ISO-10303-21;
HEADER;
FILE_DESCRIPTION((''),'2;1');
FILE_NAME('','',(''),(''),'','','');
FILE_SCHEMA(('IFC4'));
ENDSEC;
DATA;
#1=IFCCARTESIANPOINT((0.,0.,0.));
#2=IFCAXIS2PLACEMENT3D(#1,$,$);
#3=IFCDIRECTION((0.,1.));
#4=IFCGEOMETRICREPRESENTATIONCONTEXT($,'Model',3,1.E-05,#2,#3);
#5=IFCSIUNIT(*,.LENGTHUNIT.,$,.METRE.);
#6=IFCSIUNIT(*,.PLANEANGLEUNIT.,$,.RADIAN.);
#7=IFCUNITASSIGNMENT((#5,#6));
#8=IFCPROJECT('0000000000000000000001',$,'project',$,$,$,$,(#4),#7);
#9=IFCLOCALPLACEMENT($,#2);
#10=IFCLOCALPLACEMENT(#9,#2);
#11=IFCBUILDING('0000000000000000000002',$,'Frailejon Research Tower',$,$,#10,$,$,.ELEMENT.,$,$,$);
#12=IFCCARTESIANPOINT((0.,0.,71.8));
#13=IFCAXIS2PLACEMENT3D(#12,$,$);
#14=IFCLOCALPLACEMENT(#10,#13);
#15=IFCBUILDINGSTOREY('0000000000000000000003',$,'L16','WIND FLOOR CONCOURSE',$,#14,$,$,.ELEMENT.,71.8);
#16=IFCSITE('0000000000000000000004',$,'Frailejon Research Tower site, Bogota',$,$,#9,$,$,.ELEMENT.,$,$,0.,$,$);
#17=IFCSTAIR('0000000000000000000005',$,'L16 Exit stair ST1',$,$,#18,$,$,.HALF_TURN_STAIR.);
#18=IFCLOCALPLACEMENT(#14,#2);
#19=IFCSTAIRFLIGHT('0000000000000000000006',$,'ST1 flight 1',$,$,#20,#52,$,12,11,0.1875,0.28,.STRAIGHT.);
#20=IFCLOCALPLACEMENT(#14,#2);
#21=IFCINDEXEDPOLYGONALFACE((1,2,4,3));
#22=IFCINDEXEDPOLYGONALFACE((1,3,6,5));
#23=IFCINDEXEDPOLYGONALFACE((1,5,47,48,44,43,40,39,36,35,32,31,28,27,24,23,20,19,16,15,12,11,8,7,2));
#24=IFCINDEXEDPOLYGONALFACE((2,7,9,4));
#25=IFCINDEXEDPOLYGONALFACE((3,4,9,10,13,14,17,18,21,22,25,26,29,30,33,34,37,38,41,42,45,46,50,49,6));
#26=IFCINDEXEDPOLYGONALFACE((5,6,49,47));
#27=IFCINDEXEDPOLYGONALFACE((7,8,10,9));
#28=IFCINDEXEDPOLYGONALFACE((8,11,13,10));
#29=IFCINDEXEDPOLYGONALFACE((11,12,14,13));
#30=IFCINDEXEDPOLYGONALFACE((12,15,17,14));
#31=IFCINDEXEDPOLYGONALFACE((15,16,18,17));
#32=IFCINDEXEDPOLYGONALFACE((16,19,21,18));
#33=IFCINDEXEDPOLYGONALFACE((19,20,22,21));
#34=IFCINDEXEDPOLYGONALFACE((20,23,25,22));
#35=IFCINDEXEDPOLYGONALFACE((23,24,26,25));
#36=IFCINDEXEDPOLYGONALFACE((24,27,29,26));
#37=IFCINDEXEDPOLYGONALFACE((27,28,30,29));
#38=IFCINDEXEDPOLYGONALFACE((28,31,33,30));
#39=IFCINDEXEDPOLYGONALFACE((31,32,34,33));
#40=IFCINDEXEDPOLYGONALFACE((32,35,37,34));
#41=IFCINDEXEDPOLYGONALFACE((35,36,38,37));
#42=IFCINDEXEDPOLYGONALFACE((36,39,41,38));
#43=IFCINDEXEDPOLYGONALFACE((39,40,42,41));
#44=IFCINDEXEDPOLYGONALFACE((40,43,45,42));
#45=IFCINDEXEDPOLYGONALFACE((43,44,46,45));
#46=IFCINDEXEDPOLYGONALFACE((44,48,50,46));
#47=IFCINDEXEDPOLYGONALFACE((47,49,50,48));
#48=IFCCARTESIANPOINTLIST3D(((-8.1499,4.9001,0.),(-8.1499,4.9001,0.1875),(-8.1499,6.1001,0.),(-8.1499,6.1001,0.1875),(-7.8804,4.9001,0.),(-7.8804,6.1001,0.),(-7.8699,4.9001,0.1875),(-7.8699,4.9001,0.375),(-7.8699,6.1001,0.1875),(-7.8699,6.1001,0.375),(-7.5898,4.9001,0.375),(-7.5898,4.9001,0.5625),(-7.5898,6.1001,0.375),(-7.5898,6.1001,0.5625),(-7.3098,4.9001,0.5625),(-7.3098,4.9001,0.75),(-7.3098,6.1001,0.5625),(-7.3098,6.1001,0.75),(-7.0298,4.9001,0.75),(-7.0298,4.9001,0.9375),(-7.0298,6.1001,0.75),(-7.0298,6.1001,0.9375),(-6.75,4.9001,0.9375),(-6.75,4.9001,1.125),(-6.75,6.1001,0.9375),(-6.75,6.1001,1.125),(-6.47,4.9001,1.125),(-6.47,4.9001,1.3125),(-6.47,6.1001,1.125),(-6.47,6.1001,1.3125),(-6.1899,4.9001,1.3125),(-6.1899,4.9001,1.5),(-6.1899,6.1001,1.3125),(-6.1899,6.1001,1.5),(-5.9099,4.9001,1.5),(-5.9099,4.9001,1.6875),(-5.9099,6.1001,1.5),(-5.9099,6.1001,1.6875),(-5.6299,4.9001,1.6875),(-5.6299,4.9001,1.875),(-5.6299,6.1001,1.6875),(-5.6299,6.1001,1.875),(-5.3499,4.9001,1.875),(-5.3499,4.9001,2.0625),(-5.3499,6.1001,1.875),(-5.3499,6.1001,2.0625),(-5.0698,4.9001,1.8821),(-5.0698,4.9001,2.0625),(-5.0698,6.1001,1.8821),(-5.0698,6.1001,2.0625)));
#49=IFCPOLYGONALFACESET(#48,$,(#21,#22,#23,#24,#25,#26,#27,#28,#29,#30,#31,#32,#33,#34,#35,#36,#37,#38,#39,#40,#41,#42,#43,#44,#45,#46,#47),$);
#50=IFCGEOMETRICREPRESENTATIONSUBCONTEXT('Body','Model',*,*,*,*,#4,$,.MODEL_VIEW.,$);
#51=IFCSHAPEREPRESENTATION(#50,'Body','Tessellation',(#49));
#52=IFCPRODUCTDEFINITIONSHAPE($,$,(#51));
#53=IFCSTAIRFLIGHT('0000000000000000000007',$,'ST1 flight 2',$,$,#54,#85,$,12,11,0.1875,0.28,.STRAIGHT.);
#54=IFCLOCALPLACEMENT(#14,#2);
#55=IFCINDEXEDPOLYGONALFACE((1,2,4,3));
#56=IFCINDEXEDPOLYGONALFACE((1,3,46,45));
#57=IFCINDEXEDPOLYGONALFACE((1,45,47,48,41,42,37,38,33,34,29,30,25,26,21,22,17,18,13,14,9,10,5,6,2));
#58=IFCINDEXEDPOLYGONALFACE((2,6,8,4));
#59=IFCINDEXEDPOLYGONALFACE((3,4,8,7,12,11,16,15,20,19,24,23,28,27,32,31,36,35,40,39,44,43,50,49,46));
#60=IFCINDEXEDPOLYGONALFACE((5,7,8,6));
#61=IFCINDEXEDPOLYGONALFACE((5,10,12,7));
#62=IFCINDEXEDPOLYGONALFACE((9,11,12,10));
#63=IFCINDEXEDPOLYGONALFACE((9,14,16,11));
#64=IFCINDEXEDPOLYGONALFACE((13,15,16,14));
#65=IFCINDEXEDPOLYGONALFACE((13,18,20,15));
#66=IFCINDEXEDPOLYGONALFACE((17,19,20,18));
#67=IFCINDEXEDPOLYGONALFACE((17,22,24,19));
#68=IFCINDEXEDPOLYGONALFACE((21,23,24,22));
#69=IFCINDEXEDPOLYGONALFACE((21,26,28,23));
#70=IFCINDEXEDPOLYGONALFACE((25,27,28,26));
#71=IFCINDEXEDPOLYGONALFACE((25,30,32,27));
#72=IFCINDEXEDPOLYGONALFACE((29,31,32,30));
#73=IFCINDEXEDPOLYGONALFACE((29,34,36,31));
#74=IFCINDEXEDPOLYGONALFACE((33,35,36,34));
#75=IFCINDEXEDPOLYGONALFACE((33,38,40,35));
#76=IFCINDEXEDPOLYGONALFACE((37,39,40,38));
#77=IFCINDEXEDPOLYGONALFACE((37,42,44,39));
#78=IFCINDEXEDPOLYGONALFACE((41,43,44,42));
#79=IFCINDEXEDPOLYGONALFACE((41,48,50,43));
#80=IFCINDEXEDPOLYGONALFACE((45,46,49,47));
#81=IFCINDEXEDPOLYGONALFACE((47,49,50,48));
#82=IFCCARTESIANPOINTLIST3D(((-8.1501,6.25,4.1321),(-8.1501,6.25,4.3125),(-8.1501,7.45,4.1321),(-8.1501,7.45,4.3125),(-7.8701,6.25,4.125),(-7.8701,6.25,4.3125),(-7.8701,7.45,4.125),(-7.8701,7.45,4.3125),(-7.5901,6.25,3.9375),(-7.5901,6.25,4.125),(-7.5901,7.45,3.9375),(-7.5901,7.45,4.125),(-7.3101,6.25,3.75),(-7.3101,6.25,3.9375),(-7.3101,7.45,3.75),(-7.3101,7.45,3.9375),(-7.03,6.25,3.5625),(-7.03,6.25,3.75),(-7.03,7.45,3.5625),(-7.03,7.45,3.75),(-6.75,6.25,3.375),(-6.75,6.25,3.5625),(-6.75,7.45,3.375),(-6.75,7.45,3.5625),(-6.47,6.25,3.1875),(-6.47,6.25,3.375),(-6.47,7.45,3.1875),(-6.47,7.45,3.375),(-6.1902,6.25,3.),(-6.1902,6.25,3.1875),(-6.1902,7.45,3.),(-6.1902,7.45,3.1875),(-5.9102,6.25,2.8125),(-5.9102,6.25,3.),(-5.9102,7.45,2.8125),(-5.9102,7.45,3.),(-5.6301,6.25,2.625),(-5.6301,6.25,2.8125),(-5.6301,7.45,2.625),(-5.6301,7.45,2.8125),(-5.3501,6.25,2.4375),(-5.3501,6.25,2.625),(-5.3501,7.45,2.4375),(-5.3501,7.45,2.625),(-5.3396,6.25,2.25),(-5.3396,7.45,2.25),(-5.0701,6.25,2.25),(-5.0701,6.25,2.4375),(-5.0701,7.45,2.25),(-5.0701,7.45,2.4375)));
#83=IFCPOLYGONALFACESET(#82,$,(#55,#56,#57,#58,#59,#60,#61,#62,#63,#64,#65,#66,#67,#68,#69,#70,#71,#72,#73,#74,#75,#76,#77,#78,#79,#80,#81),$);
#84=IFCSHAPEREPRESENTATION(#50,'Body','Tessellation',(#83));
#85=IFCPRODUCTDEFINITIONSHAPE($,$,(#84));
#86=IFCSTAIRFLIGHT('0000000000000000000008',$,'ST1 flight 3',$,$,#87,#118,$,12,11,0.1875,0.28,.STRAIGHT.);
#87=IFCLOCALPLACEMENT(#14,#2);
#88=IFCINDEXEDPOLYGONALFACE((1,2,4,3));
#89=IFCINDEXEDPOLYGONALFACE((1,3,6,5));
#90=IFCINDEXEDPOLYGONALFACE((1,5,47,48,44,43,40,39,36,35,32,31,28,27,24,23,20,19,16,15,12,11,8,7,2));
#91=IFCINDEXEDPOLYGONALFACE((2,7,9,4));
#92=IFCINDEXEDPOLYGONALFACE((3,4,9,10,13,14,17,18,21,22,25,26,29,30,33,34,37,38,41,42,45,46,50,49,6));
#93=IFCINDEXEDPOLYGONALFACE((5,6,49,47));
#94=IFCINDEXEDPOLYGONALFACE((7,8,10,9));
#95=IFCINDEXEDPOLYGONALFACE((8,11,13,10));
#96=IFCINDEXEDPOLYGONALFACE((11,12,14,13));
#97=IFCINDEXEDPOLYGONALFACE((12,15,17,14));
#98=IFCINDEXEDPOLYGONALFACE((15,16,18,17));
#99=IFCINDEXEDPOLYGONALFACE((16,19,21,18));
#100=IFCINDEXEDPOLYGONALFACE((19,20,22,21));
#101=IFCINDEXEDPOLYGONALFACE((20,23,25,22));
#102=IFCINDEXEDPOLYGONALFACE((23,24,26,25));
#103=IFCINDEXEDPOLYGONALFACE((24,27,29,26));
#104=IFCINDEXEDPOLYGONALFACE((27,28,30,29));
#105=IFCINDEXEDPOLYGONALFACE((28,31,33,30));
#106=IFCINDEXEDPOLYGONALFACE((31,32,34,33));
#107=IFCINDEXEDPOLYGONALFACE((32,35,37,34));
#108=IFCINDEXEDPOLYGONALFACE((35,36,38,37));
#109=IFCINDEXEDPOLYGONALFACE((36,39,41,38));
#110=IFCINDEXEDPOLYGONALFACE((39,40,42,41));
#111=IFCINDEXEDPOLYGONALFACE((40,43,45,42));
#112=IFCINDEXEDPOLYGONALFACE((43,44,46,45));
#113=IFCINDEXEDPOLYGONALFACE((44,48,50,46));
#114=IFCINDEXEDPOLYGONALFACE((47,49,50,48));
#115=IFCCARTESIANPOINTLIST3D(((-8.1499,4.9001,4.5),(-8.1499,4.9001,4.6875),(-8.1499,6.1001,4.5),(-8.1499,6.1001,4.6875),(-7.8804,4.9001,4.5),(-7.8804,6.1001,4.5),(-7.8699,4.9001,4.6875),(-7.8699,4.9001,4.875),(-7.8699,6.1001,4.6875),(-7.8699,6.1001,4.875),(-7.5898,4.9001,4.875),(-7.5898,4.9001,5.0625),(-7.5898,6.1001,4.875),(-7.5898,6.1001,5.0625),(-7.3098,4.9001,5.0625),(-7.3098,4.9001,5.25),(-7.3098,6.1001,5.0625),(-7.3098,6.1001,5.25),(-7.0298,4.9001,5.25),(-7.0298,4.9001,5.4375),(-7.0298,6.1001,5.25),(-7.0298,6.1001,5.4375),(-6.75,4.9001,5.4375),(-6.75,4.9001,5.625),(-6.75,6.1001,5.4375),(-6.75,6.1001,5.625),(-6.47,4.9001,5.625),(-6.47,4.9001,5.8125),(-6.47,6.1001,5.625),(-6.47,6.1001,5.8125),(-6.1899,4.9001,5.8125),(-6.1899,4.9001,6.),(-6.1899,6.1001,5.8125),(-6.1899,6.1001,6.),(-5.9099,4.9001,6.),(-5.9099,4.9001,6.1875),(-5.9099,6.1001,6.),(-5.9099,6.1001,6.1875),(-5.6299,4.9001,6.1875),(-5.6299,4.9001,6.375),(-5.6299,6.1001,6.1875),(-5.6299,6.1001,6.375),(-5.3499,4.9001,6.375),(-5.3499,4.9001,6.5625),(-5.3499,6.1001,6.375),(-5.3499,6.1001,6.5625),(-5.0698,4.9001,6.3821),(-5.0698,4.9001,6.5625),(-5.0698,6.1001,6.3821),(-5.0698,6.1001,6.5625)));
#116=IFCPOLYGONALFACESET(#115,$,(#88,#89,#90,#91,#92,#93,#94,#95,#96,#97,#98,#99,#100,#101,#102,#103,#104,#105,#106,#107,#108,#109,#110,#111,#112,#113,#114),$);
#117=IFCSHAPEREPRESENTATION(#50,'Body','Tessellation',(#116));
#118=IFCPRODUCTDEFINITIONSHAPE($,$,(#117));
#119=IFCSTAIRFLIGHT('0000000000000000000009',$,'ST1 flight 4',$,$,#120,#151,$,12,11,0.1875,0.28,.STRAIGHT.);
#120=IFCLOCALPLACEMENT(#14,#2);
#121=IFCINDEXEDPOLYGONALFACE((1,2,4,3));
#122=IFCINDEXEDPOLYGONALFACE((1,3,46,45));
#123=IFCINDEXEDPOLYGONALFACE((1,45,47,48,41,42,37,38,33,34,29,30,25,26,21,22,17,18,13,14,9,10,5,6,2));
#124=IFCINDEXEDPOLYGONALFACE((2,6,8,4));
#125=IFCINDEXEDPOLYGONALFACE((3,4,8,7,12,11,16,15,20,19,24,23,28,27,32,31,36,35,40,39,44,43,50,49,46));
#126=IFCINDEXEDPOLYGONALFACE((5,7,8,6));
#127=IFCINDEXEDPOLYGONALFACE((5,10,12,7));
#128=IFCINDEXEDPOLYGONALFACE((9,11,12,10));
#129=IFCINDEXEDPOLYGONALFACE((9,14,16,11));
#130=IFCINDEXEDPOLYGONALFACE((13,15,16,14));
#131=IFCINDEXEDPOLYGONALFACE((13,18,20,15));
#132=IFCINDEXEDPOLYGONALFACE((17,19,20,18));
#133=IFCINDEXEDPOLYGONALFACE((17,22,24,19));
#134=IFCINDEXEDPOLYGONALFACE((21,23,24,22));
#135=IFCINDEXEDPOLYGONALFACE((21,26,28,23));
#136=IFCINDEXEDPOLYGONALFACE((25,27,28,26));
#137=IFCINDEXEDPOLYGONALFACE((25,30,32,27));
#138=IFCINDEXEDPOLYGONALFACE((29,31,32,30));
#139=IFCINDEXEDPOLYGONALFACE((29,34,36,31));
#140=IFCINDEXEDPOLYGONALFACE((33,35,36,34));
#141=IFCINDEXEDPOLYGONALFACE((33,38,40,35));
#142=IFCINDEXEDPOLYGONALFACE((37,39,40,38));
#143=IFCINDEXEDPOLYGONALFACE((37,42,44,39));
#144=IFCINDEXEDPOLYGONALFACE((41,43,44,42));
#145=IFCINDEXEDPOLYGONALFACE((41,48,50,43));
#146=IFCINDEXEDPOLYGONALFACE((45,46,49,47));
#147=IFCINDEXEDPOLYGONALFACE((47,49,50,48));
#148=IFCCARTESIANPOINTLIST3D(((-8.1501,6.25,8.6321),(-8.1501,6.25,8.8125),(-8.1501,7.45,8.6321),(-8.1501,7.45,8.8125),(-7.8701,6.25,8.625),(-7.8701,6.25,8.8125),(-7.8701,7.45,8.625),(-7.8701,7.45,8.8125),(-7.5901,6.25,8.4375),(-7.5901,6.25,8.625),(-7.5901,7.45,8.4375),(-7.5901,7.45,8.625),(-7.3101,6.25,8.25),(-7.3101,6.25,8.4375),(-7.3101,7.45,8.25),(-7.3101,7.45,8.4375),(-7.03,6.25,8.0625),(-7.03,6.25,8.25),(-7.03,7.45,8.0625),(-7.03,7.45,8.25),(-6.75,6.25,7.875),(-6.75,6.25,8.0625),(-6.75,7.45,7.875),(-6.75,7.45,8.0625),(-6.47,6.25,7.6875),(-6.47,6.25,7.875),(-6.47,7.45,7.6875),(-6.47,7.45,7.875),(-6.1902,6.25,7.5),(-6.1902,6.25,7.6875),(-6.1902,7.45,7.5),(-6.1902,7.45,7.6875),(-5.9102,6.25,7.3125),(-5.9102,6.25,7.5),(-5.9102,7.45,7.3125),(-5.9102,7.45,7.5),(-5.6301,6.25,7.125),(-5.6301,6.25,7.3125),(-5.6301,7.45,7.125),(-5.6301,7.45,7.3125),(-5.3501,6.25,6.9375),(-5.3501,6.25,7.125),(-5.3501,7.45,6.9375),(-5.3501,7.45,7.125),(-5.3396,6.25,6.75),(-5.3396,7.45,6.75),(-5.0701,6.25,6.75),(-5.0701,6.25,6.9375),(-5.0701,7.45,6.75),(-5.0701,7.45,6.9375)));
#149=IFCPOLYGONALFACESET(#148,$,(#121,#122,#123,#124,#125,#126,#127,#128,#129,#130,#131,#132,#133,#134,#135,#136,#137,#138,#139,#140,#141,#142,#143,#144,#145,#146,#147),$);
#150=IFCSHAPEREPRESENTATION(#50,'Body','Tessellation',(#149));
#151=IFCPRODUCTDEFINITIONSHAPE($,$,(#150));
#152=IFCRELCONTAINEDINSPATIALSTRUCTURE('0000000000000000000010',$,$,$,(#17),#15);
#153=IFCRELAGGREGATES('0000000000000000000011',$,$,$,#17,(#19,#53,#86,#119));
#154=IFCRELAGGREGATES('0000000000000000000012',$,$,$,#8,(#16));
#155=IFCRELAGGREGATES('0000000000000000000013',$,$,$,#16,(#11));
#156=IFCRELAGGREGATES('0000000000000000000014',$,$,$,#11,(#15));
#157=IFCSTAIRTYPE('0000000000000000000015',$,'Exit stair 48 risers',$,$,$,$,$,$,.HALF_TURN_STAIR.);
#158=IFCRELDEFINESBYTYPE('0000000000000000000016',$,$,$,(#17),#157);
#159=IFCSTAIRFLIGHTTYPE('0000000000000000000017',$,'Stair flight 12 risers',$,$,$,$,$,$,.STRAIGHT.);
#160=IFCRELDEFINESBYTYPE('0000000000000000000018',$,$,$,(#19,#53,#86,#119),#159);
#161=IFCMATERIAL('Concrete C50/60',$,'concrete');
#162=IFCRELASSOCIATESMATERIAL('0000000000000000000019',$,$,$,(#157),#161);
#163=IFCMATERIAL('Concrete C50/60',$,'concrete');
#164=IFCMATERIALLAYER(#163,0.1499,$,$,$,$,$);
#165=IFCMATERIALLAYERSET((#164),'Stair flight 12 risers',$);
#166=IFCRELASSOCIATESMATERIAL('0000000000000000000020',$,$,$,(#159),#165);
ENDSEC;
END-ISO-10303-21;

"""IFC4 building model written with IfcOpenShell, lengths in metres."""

from ifc_helpers import new_model, si_unit, direction, frame, origin, place, context, subcontext, project, spatial, polyline, outline, extrude, material, layer, layer_set, type_object, element, aggregate, save


model = new_model("IFC4")

# Units and contexts
model_context = context("Model", 3, precision=1e-05, world=origin(), true_north=direction((0.0, 1.0)))
body_context = subcontext(model_context, "Body", "Model", "MODEL_VIEW")
ifc_project = project(units=[si_unit("LENGTHUNIT", "METRE"), si_unit("PLANEANGLEUNIT", "RADIAN")], contexts=[model_context])

# Site, building, storey
site_placement = place(None, origin())
site = spatial("IfcSite", under=ifc_project, at=site_placement, Name="Frailejon Research Tower site, Bogota", CompositionType="ELEMENT", RefElevation=0.0)
building_placement = place(site_placement, origin())
building = spatial("IfcBuilding", under=site, at=building_placement, Name="Frailejon Research Tower", CompositionType="ELEMENT")
storey_placement = place(building_placement, frame((0.0, 0.0, 71.8)))
storey = spatial("IfcBuildingStorey", under=building, at=storey_placement, Name="L16", Description="WIND FLOOR CONCOURSE", CompositionType="ELEMENT", Elevation=71.8)

# Stair, stair flights
ifc_material_1 = material(Name="Concrete C50/60", Category="concrete")
stair_type = type_object("IfcStairType", Name="Exit stair 48 risers", PredefinedType="HALF_TURN_STAIR", material=ifc_material_1)
stair_placement = place(storey_placement, origin())
stair = element("IfcStair", 1, at=stair_placement, inside=storey, type_object=stair_type, Name="L16 Exit stair ST1", PredefinedType="HALF_TURN_STAIR")
ifc_material_2 = material(Name="Concrete C50/60", Category="concrete")
ifc_layer_1 = layer(ifc_material_2, 0.1499)
ifc_layer_set_1 = layer_set([ifc_layer_1], Name="Stair flight 12 risers")
stair_flight_type = type_object("IfcStairFlightType", Name="Stair flight 12 risers", PredefinedType="STRAIGHT", material=ifc_layer_set_1)
stair_flight_1_placement = place(storey_placement, frame((-8.1499, 5.5, 0.0), z_axis=(0.0, 0.0, 1.0), x_axis=(1.0, 0.0, 0.0)))
stair_flight_1 = element("IfcStairFlight", 2, at=stair_flight_1_placement, type_object=stair_flight_type, Name="ST1 flight 1", NumberOfRisers=12, NumberOfTreads=11, PredefinedType="STRAIGHT", RiserHeight=0.1875, TreadLength=0.28, context=body_context, shape_type="SweptSolid", body=[
    extrude(outline(polyline([(0.0, 0.0), (0.0, 0.1875), (0.28, 0.1875), (0.28, 0.375), (0.5601, 0.375), (0.5601, 0.5625), (0.8401, 0.5625), (0.8401, 0.75), (1.1201, 0.75), (1.1201, 0.9375), (1.3999, 0.9375), (1.3999, 1.125), (1.6799, 1.125), (1.6799, 1.3125), (1.96, 1.3125), (1.96, 1.5), (2.24, 1.5), (2.24, 1.6875), (2.52, 1.6875), (2.52, 1.875), (2.8, 1.875), (2.8, 2.0625), (3.0801, 2.0625), (3.0801, 2.25), (3.0801, 1.8821), (0.2695, 0.0), (0.0, 0.0)])), frame((0.0, 0.6001, 0.0), z_axis=(0.0, -1.0, 0.0), x_axis=(1.0, 0.0, 0.0)), (0.0, 0.0, 1.0), 1.2),
])
stair_flight_2_placement = place(storey_placement, frame((-5.0701, 6.8501, 2.25), z_axis=(0.0, 0.0, 1.0), x_axis=(-1.0, 0.0, 0.0)))
stair_flight_2 = element("IfcStairFlight", 3, at=stair_flight_2_placement, type_object=stair_flight_type, Name="ST1 flight 2", NumberOfRisers=12, NumberOfTreads=11, PredefinedType="STRAIGHT", RiserHeight=0.1875, TreadLength=0.28, context=body_context, shape_type="SweptSolid", body=[
    extrude(outline(polyline([(0.0, 0.0), (0.0, 0.1875), (0.28, 0.1875), (0.28, 0.375), (0.5601, 0.375), (0.5601, 0.5625), (0.8401, 0.5625), (0.8401, 0.75), (1.1201, 0.75), (1.1201, 0.9375), (1.3999, 0.9375), (1.3999, 1.125), (1.6799, 1.125), (1.6799, 1.3125), (1.96, 1.3125), (1.96, 1.5), (2.24, 1.5), (2.24, 1.6875), (2.52, 1.6875), (2.52, 1.875), (2.8, 1.875), (2.8, 2.0625), (3.0801, 2.0625), (3.0801, 2.25), (3.0801, 1.8821), (0.2695, 0.0), (0.0, 0.0)])), frame((0.0, 0.6001, 0.0), z_axis=(0.0, -1.0, 0.0), x_axis=(1.0, 0.0, 0.0)), (0.0, 0.0, 1.0), 1.2),
])
stair_flight_3_placement = place(storey_placement, frame((-8.1499, 5.5, 4.5), z_axis=(0.0, 0.0, 1.0), x_axis=(1.0, 0.0, 0.0)))
stair_flight_3 = element("IfcStairFlight", 4, at=stair_flight_3_placement, type_object=stair_flight_type, Name="ST1 flight 3", NumberOfRisers=12, NumberOfTreads=11, PredefinedType="STRAIGHT", RiserHeight=0.1875, TreadLength=0.28, context=body_context, shape_type="SweptSolid", body=[
    extrude(outline(polyline([(0.0, 0.0), (0.0, 0.1875), (0.28, 0.1875), (0.28, 0.375), (0.5601, 0.375), (0.5601, 0.5625), (0.8401, 0.5625), (0.8401, 0.75), (1.1201, 0.75), (1.1201, 0.9375), (1.3999, 0.9375), (1.3999, 1.125), (1.6799, 1.125), (1.6799, 1.3125), (1.96, 1.3125), (1.96, 1.5), (2.24, 1.5), (2.24, 1.6875), (2.52, 1.6875), (2.52, 1.875), (2.8, 1.875), (2.8, 2.0625), (3.0801, 2.0625), (3.0801, 2.25), (3.0801, 1.8821), (0.2695, 0.0), (0.0, 0.0)])), frame((0.0, 0.6001, 0.0), z_axis=(0.0, -1.0, 0.0), x_axis=(1.0, 0.0, 0.0)), (0.0, 0.0, 1.0), 1.2),
])
stair_flight_4_placement = place(storey_placement, frame((-5.0701, 6.8501, 6.75), z_axis=(0.0, 0.0, 1.0), x_axis=(-1.0, 0.0, 0.0)))
stair_flight_4 = element("IfcStairFlight", 5, at=stair_flight_4_placement, type_object=stair_flight_type, Name="ST1 flight 4", NumberOfRisers=12, NumberOfTreads=11, PredefinedType="STRAIGHT", RiserHeight=0.1875, TreadLength=0.28, context=body_context, shape_type="SweptSolid", body=[
    extrude(outline(polyline([(0.0, 0.0), (0.0, 0.1875), (0.28, 0.1875), (0.28, 0.375), (0.5601, 0.375), (0.5601, 0.5625), (0.8401, 0.5625), (0.8401, 0.75), (1.1201, 0.75), (1.1201, 0.9375), (1.3999, 0.9375), (1.3999, 1.125), (1.6799, 1.125), (1.6799, 1.3125), (1.96, 1.3125), (1.96, 1.5), (2.24, 1.5), (2.24, 1.6875), (2.52, 1.6875), (2.52, 1.875), (2.8, 1.875), (2.8, 2.0625), (3.0801, 2.0625), (3.0801, 2.25), (3.0801, 1.8821), (0.2695, 0.0), (0.0, 0.0)])), frame((0.0, 0.6001, 0.0), z_axis=(0.0, -1.0, 0.0), x_axis=(1.0, 0.0, 0.0)), (0.0, 0.0, 1.0), 1.2),
])
aggregate(stair, [stair_flight_1, stair_flight_2, stair_flight_3, stair_flight_4])

save(model, "model.ifc")
